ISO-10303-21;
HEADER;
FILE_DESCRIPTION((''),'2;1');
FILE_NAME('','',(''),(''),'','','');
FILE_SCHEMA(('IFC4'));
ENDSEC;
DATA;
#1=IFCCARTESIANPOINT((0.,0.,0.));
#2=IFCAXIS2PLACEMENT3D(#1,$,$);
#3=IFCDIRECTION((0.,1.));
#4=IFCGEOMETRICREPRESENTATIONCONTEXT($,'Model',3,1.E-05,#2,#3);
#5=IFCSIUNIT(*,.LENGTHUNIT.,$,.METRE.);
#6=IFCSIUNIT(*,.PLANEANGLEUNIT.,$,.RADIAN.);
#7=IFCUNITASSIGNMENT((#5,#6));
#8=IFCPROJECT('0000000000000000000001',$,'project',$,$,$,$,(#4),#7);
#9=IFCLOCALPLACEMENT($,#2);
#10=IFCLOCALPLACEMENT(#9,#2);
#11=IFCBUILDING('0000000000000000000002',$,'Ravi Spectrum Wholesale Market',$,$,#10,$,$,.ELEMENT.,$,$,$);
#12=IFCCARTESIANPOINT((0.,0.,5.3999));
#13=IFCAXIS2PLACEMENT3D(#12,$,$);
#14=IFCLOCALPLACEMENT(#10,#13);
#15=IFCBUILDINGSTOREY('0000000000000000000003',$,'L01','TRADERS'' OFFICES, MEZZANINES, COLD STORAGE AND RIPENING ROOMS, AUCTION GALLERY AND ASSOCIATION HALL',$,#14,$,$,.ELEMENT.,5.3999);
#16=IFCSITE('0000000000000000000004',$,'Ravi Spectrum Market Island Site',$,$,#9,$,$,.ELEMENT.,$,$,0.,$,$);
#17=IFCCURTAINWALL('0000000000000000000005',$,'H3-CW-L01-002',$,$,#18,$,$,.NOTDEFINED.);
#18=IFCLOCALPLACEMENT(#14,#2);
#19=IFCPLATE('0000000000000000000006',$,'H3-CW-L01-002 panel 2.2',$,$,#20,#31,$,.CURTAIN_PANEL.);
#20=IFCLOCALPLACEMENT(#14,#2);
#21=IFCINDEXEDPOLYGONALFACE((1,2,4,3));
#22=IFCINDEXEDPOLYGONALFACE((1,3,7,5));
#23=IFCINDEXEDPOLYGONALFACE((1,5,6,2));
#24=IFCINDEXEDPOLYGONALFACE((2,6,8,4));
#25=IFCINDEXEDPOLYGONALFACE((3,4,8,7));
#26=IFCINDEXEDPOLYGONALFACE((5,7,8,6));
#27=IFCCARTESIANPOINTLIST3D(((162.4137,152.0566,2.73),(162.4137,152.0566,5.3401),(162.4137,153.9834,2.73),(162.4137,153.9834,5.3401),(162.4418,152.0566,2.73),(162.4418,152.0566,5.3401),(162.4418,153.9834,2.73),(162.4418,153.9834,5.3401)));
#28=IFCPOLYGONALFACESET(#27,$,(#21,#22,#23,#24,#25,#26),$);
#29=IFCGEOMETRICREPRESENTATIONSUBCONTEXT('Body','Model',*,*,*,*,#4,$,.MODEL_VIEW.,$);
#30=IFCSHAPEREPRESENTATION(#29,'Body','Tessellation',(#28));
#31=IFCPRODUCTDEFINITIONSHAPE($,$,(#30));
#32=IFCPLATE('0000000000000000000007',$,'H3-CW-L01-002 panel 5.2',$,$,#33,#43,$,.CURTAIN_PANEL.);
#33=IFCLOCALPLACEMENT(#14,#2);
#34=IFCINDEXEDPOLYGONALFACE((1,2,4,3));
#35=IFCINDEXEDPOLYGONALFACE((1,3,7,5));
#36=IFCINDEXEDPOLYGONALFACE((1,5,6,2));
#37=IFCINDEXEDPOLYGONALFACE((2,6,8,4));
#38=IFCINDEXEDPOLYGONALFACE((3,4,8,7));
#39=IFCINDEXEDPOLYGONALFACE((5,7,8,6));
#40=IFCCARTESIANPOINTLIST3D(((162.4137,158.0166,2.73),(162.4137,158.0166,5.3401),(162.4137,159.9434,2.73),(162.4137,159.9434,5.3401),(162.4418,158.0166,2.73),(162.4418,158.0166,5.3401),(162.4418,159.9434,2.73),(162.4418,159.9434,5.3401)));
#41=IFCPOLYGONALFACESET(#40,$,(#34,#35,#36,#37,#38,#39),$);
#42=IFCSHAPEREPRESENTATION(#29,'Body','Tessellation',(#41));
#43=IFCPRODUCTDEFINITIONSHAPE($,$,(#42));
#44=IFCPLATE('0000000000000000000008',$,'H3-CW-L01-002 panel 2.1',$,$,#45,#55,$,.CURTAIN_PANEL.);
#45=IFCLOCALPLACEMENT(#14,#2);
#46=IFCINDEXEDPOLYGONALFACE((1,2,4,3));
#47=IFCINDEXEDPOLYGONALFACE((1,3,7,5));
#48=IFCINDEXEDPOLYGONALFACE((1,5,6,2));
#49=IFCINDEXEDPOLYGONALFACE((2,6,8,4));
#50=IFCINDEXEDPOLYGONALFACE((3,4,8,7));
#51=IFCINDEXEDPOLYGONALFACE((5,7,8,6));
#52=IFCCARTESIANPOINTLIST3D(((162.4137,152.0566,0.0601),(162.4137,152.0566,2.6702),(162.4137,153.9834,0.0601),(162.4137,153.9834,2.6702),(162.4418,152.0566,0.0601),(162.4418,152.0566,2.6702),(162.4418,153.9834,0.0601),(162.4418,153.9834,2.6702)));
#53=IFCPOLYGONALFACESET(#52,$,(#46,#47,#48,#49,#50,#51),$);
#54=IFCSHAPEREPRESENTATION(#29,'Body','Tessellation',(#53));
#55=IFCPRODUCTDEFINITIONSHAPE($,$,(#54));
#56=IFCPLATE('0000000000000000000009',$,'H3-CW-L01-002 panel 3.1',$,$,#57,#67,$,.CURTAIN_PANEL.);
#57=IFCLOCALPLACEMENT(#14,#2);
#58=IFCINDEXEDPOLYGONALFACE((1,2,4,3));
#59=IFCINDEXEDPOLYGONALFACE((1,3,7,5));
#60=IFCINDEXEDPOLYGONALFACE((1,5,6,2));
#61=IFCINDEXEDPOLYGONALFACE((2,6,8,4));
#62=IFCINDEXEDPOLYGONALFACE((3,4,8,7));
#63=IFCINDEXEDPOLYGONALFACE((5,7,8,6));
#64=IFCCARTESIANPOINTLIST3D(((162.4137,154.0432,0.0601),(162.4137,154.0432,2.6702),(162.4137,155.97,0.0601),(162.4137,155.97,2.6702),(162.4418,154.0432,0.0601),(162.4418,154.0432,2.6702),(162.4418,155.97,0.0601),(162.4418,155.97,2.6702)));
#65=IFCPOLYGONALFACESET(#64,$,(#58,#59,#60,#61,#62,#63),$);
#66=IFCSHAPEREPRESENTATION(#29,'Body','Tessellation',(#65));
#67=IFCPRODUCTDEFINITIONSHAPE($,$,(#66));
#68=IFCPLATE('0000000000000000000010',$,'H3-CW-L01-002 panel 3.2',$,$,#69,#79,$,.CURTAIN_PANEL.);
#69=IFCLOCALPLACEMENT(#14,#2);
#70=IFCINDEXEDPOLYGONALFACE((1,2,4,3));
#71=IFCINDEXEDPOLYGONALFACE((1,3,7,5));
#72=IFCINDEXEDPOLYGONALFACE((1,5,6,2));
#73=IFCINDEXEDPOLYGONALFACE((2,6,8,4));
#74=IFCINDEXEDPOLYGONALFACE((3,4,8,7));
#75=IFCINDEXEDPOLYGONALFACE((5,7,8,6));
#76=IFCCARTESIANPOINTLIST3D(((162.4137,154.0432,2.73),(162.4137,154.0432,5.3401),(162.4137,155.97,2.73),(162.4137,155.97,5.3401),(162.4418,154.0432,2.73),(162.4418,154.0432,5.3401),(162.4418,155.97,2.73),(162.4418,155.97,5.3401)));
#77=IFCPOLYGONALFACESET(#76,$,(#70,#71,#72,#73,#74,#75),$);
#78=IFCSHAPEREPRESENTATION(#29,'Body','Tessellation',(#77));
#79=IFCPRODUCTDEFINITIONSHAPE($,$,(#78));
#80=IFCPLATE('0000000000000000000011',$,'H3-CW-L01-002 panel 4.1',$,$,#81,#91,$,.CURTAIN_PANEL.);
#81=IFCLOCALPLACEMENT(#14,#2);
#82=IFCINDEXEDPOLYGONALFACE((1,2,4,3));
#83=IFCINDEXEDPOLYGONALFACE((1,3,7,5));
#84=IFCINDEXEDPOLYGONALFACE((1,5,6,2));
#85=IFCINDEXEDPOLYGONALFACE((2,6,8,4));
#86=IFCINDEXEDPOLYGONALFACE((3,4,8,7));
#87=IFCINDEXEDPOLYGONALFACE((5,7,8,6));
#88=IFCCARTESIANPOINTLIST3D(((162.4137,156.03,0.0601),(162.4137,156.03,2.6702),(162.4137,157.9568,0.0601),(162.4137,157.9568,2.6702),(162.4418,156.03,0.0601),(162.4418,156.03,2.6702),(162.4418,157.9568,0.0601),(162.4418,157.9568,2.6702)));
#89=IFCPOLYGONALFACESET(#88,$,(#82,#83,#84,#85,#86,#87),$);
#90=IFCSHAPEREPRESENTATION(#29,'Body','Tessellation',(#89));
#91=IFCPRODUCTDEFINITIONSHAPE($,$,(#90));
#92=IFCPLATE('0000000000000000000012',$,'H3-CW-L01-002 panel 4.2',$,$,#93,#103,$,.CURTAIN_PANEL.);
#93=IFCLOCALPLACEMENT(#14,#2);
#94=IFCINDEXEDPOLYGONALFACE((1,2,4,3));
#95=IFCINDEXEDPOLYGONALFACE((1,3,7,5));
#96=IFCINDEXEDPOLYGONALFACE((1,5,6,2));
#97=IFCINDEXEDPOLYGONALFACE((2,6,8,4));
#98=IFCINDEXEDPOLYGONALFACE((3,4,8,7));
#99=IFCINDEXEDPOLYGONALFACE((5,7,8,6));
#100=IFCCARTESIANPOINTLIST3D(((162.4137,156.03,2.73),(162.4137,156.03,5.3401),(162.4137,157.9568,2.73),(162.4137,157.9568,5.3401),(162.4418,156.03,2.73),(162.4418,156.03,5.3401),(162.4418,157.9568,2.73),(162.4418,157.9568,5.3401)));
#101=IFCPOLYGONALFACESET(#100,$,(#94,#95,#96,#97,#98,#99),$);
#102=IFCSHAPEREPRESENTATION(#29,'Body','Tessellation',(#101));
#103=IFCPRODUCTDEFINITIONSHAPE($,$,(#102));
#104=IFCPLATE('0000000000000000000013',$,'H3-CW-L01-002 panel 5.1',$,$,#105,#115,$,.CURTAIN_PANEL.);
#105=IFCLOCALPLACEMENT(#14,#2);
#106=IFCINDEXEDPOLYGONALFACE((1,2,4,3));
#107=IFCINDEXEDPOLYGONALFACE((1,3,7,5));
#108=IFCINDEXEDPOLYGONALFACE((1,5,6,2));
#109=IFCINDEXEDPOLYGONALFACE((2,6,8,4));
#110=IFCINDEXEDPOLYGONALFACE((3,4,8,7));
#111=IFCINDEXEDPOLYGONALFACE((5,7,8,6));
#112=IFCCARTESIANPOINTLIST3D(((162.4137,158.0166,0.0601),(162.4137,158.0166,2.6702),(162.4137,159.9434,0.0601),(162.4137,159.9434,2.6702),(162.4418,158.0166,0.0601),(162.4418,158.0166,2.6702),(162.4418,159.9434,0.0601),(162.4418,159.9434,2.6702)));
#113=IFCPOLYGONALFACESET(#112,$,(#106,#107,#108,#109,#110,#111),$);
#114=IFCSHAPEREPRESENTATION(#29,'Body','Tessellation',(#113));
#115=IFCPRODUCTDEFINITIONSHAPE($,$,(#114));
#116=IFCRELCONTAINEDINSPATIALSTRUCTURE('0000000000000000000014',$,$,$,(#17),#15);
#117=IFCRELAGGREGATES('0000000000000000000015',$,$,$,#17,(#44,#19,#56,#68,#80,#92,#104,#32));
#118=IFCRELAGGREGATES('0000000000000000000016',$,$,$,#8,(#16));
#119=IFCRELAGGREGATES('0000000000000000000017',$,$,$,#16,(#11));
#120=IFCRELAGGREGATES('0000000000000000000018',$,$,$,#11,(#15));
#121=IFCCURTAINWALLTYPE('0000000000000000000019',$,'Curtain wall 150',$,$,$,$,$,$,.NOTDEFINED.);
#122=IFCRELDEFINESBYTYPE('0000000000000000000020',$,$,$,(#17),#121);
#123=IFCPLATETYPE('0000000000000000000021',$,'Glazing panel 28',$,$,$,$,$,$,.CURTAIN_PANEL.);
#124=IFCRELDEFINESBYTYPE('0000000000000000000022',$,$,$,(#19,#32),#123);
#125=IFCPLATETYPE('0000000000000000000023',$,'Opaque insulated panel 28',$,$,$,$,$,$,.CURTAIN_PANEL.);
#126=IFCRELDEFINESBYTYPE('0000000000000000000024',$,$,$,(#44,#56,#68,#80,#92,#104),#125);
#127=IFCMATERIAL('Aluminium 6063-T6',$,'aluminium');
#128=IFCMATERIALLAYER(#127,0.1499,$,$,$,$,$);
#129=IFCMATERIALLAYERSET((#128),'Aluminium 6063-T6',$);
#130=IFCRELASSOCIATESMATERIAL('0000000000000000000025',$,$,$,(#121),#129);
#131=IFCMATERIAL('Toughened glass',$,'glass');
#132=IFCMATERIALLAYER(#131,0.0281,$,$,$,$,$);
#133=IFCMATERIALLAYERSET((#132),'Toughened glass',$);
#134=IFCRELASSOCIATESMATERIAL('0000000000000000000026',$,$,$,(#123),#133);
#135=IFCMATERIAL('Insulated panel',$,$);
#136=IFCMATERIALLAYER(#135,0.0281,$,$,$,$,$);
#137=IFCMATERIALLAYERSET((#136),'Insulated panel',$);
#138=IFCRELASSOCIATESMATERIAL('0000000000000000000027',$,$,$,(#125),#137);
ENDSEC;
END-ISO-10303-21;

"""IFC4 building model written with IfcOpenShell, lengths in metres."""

from ifc_helpers import new_model, si_unit, direction, frame, origin, origin_2d, place, context, subcontext, project, spatial, rectangle, extrude, material, layer, layer_set, type_object, element, aggregate, save


model = new_model("IFC4")

# Units and contexts
model_context = context("Model", 3, precision=1e-05, world=origin(), true_north=direction((0.0, 1.0)))
body_context = subcontext(model_context, "Body", "Model", "MODEL_VIEW")
ifc_project = project(units=[si_unit("LENGTHUNIT", "METRE"), si_unit("PLANEANGLEUNIT", "RADIAN")], contexts=[model_context])

# Site, building, storey
site_placement = place(None, origin())
site = spatial("IfcSite", under=ifc_project, at=site_placement, Name="Ravi Spectrum Market Island Site", CompositionType="ELEMENT", RefElevation=0.0)
building_placement = place(site_placement, origin())
building = spatial("IfcBuilding", under=site, at=building_placement, Name="Ravi Spectrum Wholesale Market", CompositionType="ELEMENT")
storey_placement = place(building_placement, frame((0.0, 0.0, 5.3999)))
storey = spatial("IfcBuildingStorey", under=building, at=storey_placement, Name="L01", Description="TRADERS' OFFICES, MEZZANINES, COLD STORAGE AND RIPENING ROOMS, AUCTION GALLERY AND ASSOCIATION HALL", CompositionType="ELEMENT", Elevation=5.3999)

# Curtain wall, plates
ifc_material_1 = material(Name="Aluminium 6063-T6", Category="aluminium")
ifc_layer_1 = layer(ifc_material_1, 0.1499)
ifc_layer_set_1 = layer_set([ifc_layer_1], Name="Aluminium 6063-T6")
curtain_wall_type = type_object("IfcCurtainWallType", Name="Curtain wall 150", PredefinedType="NOTDEFINED", material=ifc_layer_set_1)
curtain_wall_placement = place(storey_placement, origin())
curtain_wall = element("IfcCurtainWall", 1, at=curtain_wall_placement, inside=storey, type_object=curtain_wall_type, Name="H3-CW-L01-002", PredefinedType="NOTDEFINED")
ifc_material_2 = material(Name="Toughened glass", Category="glass")
ifc_layer_2 = layer(ifc_material_2, 0.0281)
ifc_layer_set_2 = layer_set([ifc_layer_2], Name="Toughened glass")
plate_type_1 = type_object("IfcPlateType", Name="Glazing panel 28", PredefinedType="CURTAIN_PANEL", material=ifc_layer_set_2)
plate_1_placement = place(storey_placement, frame((162.4277, 153.02, 2.73), z_axis=(0.0, 0.0, 1.0), x_axis=(0.0, 1.0, 0.0)))
plate_1 = element("IfcPlate", 2, at=plate_1_placement, type_object=plate_type_1, Name="H3-CW-L01-002 panel 2.2", PredefinedType="CURTAIN_PANEL", context=body_context, shape_type="SweptSolid", body=[
    extrude(rectangle(XDim=1.9268, YDim=0.0281, at=origin_2d()), origin(), (0.0, 0.0, 1.0), 2.6101),
])
plate_2_placement = place(storey_placement, frame((162.4277, 158.98, 2.73), z_axis=(0.0, 0.0, 1.0), x_axis=(0.0, 1.0, 0.0)))
plate_2 = element("IfcPlate", 3, at=plate_2_placement, type_object=plate_type_1, Name="H3-CW-L01-002 panel 5.2", PredefinedType="CURTAIN_PANEL", context=body_context, shape_type="SweptSolid", body=[
    extrude(rectangle(XDim=1.9268, YDim=0.0281, at=origin_2d()), origin(), (0.0, 0.0, 1.0), 2.6101),
])
ifc_material_3 = material(Name="Insulated panel")
ifc_layer_3 = layer(ifc_material_3, 0.0281)
ifc_layer_set_3 = layer_set([ifc_layer_3], Name="Insulated panel")
plate_type_2 = type_object("IfcPlateType", Name="Opaque insulated panel 28", PredefinedType="CURTAIN_PANEL", material=ifc_layer_set_3)
plate_3_placement = place(storey_placement, frame((162.4277, 153.02, 0.0601), z_axis=(0.0, 0.0, 1.0), x_axis=(0.0, 1.0, 0.0)))
plate_3 = element("IfcPlate", 4, at=plate_3_placement, type_object=plate_type_2, Name="H3-CW-L01-002 panel 2.1", PredefinedType="CURTAIN_PANEL", context=body_context, shape_type="SweptSolid", body=[
    extrude(rectangle(XDim=1.9268, YDim=0.0281, at=origin_2d()), origin(), (0.0, 0.0, 1.0), 2.6101),
])
plate_4_placement = place(storey_placement, frame((162.4277, 155.0066, 0.0601), z_axis=(0.0, 0.0, 1.0), x_axis=(0.0, 1.0, 0.0)))
plate_4 = element("IfcPlate", 5, at=plate_4_placement, type_object=plate_type_2, Name="H3-CW-L01-002 panel 3.1", PredefinedType="CURTAIN_PANEL", context=body_context, shape_type="SweptSolid", body=[
    extrude(rectangle(XDim=1.9268, YDim=0.0281, at=origin_2d()), origin(), (0.0, 0.0, 1.0), 2.6101),
])
plate_5_placement = place(storey_placement, frame((162.4277, 155.0066, 2.73), z_axis=(0.0, 0.0, 1.0), x_axis=(0.0, 1.0, 0.0)))
plate_5 = element("IfcPlate", 6, at=plate_5_placement, type_object=plate_type_2, Name="H3-CW-L01-002 panel 3.2", PredefinedType="CURTAIN_PANEL", context=body_context, shape_type="SweptSolid", body=[
    extrude(rectangle(XDim=1.9268, YDim=0.0281, at=origin_2d()), origin(), (0.0, 0.0, 1.0), 2.6101),
])
plate_6_placement = place(storey_placement, frame((162.4277, 156.9934, 0.0601), z_axis=(0.0, 0.0, 1.0), x_axis=(0.0, 1.0, 0.0)))
plate_6 = element("IfcPlate", 7, at=plate_6_placement, type_object=plate_type_2, Name="H3-CW-L01-002 panel 4.1", PredefinedType="CURTAIN_PANEL", context=body_context, shape_type="SweptSolid", body=[
    extrude(rectangle(XDim=1.9268, YDim=0.0281, at=origin_2d()), origin(), (0.0, 0.0, 1.0), 2.6101),
])
plate_7_placement = place(storey_placement, frame((162.4277, 156.9934, 2.73), z_axis=(0.0, 0.0, 1.0), x_axis=(0.0, 1.0, 0.0)))
plate_7 = element("IfcPlate", 8, at=plate_7_placement, type_object=plate_type_2, Name="H3-CW-L01-002 panel 4.2", PredefinedType="CURTAIN_PANEL", context=body_context, shape_type="SweptSolid", body=[
    extrude(rectangle(XDim=1.9268, YDim=0.0281, at=origin_2d()), origin(), (0.0, 0.0, 1.0), 2.6101),
])
plate_8_placement = place(storey_placement, frame((162.4277, 158.98, 0.0601), z_axis=(0.0, 0.0, 1.0), x_axis=(0.0, 1.0, 0.0)))
plate_8 = element("IfcPlate", 9, at=plate_8_placement, type_object=plate_type_2, Name="H3-CW-L01-002 panel 5.1", PredefinedType="CURTAIN_PANEL", context=body_context, shape_type="SweptSolid", body=[
    extrude(rectangle(XDim=1.9268, YDim=0.0281, at=origin_2d()), origin(), (0.0, 0.0, 1.0), 2.6101),
])
aggregate(curtain_wall, [plate_3, plate_1, plate_4, plate_5, plate_6, plate_7, plate_8, plate_2])

save(model, "model.ifc")
